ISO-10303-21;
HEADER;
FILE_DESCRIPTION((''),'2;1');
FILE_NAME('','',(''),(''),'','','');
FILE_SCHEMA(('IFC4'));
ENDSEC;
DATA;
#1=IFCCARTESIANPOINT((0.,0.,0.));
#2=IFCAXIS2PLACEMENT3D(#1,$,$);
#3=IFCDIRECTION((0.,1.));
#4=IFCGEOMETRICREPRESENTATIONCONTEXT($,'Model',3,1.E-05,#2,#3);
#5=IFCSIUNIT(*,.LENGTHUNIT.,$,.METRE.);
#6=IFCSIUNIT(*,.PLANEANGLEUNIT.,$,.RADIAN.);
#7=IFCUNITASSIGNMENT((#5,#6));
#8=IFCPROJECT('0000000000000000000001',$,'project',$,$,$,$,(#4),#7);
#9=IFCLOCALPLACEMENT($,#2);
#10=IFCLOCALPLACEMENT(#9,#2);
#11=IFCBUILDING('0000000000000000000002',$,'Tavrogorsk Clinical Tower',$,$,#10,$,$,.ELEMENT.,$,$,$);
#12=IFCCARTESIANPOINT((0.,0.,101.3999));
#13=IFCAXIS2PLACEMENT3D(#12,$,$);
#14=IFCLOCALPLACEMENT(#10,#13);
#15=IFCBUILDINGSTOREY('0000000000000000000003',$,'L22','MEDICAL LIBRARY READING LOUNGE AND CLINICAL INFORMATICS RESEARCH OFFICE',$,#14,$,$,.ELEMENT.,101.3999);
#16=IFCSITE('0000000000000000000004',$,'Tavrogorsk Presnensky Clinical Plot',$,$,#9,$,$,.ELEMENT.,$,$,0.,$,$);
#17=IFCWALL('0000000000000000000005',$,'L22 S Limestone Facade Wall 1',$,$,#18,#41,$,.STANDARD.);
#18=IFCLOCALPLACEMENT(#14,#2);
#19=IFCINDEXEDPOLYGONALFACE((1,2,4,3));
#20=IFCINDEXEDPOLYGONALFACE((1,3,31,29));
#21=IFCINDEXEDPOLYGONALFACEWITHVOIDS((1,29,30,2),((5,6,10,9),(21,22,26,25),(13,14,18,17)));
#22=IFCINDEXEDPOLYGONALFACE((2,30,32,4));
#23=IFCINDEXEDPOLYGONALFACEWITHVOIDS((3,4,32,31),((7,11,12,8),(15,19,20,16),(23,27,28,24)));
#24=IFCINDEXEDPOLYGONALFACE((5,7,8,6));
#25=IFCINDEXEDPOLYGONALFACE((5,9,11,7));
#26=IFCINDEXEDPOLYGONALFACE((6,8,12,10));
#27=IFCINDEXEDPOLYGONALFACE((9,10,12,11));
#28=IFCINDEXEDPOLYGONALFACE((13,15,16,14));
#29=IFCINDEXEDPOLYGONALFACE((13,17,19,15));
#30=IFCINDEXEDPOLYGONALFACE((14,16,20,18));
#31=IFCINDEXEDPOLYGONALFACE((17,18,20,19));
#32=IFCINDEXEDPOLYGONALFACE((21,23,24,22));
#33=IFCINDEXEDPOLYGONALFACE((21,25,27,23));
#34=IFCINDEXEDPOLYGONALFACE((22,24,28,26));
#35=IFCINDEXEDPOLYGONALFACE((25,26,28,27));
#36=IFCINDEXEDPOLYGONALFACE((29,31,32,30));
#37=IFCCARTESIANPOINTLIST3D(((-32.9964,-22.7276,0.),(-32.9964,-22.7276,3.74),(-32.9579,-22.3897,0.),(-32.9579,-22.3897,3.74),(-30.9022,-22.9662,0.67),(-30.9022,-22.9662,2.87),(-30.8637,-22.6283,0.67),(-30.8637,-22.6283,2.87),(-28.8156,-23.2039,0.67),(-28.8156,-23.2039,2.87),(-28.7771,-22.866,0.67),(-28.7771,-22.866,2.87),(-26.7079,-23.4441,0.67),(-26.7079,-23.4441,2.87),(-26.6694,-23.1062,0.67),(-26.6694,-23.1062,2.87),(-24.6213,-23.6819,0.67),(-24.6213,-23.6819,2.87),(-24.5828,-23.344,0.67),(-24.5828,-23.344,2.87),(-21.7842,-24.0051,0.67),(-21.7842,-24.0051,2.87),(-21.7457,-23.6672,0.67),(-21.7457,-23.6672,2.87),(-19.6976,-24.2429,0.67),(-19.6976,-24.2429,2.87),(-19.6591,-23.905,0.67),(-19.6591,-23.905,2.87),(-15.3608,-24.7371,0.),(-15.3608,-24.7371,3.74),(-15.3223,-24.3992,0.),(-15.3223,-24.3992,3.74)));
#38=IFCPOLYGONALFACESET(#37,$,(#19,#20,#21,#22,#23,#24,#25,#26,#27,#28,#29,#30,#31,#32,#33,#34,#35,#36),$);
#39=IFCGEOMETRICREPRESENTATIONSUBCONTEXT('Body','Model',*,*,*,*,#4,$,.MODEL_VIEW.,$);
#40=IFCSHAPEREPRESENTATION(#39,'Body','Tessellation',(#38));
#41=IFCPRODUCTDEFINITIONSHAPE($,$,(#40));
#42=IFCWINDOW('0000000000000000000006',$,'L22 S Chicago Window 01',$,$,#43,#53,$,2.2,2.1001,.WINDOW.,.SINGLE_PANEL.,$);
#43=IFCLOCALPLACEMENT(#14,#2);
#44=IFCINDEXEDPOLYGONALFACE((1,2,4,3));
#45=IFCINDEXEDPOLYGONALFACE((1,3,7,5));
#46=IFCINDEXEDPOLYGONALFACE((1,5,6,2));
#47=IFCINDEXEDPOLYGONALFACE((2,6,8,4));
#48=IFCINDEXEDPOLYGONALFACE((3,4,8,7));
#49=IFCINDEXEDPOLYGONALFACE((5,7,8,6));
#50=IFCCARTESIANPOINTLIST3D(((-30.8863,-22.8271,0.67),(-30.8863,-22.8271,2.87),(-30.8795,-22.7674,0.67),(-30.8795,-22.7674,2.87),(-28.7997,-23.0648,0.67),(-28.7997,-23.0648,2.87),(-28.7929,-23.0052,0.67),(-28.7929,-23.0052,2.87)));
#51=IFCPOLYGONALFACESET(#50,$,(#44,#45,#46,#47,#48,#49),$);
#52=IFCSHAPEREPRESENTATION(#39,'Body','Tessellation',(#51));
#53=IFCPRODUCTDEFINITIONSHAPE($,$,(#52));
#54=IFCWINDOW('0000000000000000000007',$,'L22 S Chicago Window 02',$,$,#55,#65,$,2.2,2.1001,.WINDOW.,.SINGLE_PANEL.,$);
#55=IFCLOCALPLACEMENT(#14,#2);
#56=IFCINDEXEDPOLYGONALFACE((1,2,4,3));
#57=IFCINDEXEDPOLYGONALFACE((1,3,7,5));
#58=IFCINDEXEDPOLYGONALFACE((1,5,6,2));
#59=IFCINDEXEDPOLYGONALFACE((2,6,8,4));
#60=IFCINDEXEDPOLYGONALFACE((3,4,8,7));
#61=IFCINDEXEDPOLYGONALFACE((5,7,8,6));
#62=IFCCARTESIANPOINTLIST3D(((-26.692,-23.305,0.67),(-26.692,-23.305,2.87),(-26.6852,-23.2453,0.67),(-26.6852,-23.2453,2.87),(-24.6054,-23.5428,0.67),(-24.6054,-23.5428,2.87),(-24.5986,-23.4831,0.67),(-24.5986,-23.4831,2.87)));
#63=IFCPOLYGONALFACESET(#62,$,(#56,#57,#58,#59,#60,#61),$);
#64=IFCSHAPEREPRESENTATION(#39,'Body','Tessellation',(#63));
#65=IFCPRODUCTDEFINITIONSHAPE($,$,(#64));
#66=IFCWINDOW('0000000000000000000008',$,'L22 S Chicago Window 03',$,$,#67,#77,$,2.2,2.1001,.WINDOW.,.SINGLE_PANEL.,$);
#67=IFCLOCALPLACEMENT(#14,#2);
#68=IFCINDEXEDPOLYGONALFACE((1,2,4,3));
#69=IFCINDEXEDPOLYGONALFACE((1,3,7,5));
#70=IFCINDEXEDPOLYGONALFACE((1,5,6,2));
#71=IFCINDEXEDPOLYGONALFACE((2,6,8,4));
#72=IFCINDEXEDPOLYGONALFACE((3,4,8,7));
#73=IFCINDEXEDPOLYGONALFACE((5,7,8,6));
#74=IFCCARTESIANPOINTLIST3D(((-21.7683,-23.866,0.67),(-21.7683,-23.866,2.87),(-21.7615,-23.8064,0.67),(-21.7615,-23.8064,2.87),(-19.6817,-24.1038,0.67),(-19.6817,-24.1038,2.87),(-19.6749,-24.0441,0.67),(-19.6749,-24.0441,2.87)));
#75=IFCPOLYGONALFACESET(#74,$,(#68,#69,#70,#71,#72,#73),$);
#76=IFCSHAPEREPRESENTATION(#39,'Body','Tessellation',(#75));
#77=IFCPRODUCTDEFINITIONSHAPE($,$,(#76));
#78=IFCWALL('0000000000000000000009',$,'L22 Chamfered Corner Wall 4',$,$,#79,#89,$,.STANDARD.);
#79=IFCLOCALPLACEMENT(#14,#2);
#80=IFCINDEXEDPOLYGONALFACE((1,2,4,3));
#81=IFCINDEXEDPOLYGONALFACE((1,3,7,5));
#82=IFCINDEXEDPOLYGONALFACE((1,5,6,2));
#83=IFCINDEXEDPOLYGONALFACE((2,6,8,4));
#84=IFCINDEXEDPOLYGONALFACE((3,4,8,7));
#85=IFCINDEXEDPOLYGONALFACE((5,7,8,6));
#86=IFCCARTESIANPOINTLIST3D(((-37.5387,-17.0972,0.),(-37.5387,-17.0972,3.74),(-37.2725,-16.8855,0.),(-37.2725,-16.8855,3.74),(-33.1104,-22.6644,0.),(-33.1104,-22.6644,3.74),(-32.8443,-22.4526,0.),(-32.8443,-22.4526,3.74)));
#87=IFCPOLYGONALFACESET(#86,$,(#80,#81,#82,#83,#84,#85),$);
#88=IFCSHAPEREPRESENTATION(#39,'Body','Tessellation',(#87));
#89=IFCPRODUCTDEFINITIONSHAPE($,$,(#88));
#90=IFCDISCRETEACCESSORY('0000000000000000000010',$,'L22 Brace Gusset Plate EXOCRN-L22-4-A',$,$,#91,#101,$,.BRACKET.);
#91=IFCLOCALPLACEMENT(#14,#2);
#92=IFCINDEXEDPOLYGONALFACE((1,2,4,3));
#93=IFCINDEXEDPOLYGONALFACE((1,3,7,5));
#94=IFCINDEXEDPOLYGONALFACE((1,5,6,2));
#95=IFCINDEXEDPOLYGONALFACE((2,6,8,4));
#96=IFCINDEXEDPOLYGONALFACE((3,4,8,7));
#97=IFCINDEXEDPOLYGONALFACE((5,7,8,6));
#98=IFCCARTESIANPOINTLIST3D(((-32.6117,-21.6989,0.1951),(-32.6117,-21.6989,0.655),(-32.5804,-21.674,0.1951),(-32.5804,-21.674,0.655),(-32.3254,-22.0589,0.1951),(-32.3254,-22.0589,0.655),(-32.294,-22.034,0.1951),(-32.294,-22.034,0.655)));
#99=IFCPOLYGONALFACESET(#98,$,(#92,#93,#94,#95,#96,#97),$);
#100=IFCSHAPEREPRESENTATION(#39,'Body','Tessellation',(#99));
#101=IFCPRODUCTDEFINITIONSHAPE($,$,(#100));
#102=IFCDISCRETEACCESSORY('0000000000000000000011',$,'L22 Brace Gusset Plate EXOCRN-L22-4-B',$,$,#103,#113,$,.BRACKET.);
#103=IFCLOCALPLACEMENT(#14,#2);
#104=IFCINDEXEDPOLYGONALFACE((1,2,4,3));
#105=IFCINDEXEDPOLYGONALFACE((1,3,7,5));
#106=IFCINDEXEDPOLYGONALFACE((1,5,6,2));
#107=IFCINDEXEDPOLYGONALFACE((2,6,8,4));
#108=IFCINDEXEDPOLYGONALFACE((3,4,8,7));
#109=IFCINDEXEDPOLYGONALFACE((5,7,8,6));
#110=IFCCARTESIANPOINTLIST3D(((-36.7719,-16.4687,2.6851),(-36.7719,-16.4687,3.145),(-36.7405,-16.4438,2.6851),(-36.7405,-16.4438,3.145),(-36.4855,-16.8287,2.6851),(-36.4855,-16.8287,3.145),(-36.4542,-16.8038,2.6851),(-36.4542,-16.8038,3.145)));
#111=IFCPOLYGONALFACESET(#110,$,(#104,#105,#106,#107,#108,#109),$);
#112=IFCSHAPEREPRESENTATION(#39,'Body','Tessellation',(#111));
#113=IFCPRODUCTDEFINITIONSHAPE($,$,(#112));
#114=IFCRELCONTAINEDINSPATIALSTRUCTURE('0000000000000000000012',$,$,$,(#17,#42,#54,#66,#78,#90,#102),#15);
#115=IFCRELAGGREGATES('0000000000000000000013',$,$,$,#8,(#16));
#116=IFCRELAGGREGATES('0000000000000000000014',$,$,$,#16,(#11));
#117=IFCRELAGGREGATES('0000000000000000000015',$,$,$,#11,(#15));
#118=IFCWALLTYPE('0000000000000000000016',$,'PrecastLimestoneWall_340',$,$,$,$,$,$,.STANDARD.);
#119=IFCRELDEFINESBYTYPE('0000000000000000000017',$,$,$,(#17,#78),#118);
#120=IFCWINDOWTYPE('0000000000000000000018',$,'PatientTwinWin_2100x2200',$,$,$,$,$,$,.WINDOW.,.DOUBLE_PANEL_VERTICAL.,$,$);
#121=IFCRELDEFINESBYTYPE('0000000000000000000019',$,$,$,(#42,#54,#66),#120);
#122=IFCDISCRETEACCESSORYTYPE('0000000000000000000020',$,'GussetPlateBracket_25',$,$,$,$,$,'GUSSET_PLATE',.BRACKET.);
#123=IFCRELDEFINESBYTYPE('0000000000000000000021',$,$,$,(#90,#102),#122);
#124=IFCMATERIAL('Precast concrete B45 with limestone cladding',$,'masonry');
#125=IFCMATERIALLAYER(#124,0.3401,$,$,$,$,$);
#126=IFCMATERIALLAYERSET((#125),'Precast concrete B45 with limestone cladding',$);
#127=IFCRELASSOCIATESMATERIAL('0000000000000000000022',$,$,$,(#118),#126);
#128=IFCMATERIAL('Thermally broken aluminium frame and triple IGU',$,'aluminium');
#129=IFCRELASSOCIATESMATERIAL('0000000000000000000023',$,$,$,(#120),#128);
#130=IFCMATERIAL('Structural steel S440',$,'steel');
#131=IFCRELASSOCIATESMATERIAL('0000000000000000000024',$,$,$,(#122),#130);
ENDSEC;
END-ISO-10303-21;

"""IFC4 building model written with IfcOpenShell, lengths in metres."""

from ifc_helpers import new_model, si_unit, direction, frame, frame_2d, origin, origin_2d, place, context, subcontext, project, spatial, rectangle, extrude, material, layer, layer_set, type_object, element, fill, save


model = new_model("IFC4")

# Units and contexts
model_context = context("Model", 3, precision=1e-05, world=origin(), true_north=direction((0.0, 1.0)))
body_context = subcontext(model_context, "Body", "Model", "MODEL_VIEW")
ifc_project = project(units=[si_unit("LENGTHUNIT", "METRE"), si_unit("PLANEANGLEUNIT", "RADIAN")], contexts=[model_context])

# Site, building, storey
site_placement = place(None, origin())
site = spatial("IfcSite", under=ifc_project, at=site_placement, Name="Tavrogorsk Presnensky Clinical Plot", CompositionType="ELEMENT", RefElevation=0.0)
building_placement = place(site_placement, origin())
building = spatial("IfcBuilding", under=site, at=building_placement, Name="Tavrogorsk Clinical Tower", CompositionType="ELEMENT")
storey_placement = place(building_placement, frame((0.0, 0.0, 101.3999)))
storey = spatial("IfcBuildingStorey", under=building, at=storey_placement, Name="L22", Description="MEDICAL LIBRARY READING LOUNGE AND CLINICAL INFORMATICS RESEARCH OFFICE", CompositionType="ELEMENT", Elevation=101.3999)

# Wall, openings, windows
ifc_material_1 = material(Name="Precast concrete B45 with limestone cladding", Category="masonry")
ifc_layer_1 = layer(ifc_material_1, 0.3401)
ifc_layer_set_1 = layer_set([ifc_layer_1], Name="Precast concrete B45 with limestone cladding")
wall_type_1 = type_object("IfcWallType", Name="PrecastLimestoneWall_340", PredefinedType="STANDARD", material=ifc_layer_set_1)
wall_1_placement = place(storey_placement, frame((-32.9773, -22.5586, 0.0), z_axis=(0.0, 0.0, 1.0), x_axis=(0.993571, -0.113213, 0.0)))
wall_1 = element("IfcWall", 1, at=wall_1_placement, inside=storey, type_object=wall_type_1, Name="L22 S Limestone Facade Wall 1", PredefinedType="STANDARD", context=body_context, shape_type="SweptSolid", body=[
    extrude(rectangle(XDim=17.7498, YDim=0.3401, at=frame_2d((8.875, 0.0))), origin(), (0.0, 0.0, 1.0), 3.74),
])
opening_1_placement = place(wall_1_placement, frame((2.1079, 0.0, 0.6699)))
opening_1 = element("IfcOpeningElement", 2, at=opening_1_placement, cuts=wall_1, PredefinedType="OPENING", context=body_context, shape_type="SweptSolid", body=[
    extrude(rectangle(XDim=2.1001, YDim=2.2, at=frame_2d((1.05, 1.1001))), frame((0.0, 0.1799, 0.0), z_axis=(0.0, -1.0, 0.0), x_axis=(1.0, 0.0, 0.0)), (0.0, 0.0, 1.0), 0.3601),
])
opening_2_placement = place(wall_1_placement, frame((6.3293, 0.0, 0.6699)))
opening_2 = element("IfcOpeningElement", 3, at=opening_2_placement, cuts=wall_1, PredefinedType="OPENING", context=body_context, shape_type="SweptSolid", body=[
    extrude(rectangle(XDim=2.1001, YDim=2.2, at=frame_2d((1.05, 1.1001))), frame((0.0, 0.1799, 0.0), z_axis=(0.0, -1.0, 0.0), x_axis=(1.0, 0.0, 0.0)), (0.0, 0.0, 1.0), 0.3601),
])
opening_3_placement = place(wall_1_placement, frame((11.2849, 0.0, 0.6699)))
opening_3 = element("IfcOpeningElement", 4, at=opening_3_placement, cuts=wall_1, PredefinedType="OPENING", context=body_context, shape_type="SweptSolid", body=[
    extrude(rectangle(XDim=2.1001, YDim=2.2, at=frame_2d((1.05, 1.1001))), frame((0.0, 0.1799, 0.0), z_axis=(0.0, -1.0, 0.0), x_axis=(1.0, 0.0, 0.0)), (0.0, 0.0, 1.0), 0.3601),
])
ifc_material_2 = material(Name="Thermally broken aluminium frame and triple IGU", Category="aluminium")
window_type = type_object("IfcWindowType", Name="PatientTwinWin_2100x2200", PartitioningType="DOUBLE_PANEL_VERTICAL", PredefinedType="WINDOW", material=ifc_material_2)
window_1_placement = place(opening_1_placement, origin())
window_1 = element("IfcWindow", 5, at=window_1_placement, inside=storey, type_object=window_type, Name="L22 S Chicago Window 01", OverallHeight=2.2, OverallWidth=2.1001, PartitioningType="SINGLE_PANEL", PredefinedType="WINDOW", context=body_context, shape_type="SweptSolid", body=[
    extrude(rectangle(XDim=2.1001, YDim=2.2, at=frame_2d((1.05, 1.1001))), frame((0.0, 0.03, 0.0), z_axis=(0.0, -1.0, 0.0), x_axis=(1.0, 0.0, 0.0)), (0.0, 0.0, 1.0), 0.0601),
])
fill(opening_1, window_1)
window_2_placement = place(opening_2_placement, origin())
window_2 = element("IfcWindow", 6, at=window_2_placement, inside=storey, type_object=window_type, Name="L22 S Chicago Window 02", OverallHeight=2.2, OverallWidth=2.1001, PartitioningType="SINGLE_PANEL", PredefinedType="WINDOW", context=body_context, shape_type="SweptSolid", body=[
    extrude(rectangle(XDim=2.1001, YDim=2.2, at=frame_2d((1.05, 1.1001))), frame((0.0, 0.03, 0.0), z_axis=(0.0, -1.0, 0.0), x_axis=(1.0, 0.0, 0.0)), (0.0, 0.0, 1.0), 0.0601),
])
fill(opening_2, window_2)
window_3_placement = place(opening_3_placement, origin())
window_3 = element("IfcWindow", 7, at=window_3_placement, inside=storey, type_object=window_type, Name="L22 S Chicago Window 03", OverallHeight=2.2, OverallWidth=2.1001, PartitioningType="SINGLE_PANEL", PredefinedType="WINDOW", context=body_context, shape_type="SweptSolid", body=[
    extrude(rectangle(XDim=2.1001, YDim=2.2, at=frame_2d((1.05, 1.1001))), frame((0.0, 0.03, 0.0), z_axis=(0.0, -1.0, 0.0), x_axis=(1.0, 0.0, 0.0)), (0.0, 0.0, 1.0), 0.0601),
])
fill(opening_3, window_3)

# Wall
wall_2_placement = place(storey_placement, frame((-37.4055, -16.9915, 0.0), z_axis=(0.0, 0.0, 1.0), x_axis=(0.622508, -0.782614, 0.0)))
element("IfcWall", 8, at=wall_2_placement, inside=storey, type_object=wall_type_1, Name="L22 Chamfered Corner Wall 4", PredefinedType="STANDARD", context=body_context, shape_type="SweptSolid", body=[
    extrude(rectangle(XDim=7.1135, YDim=0.3401, at=frame_2d((3.5566, 0.0))), origin(), (0.0, 0.0, 1.0), 3.74),
])

# Discrete accessories
ifc_material_3 = material(Name="Structural steel S440", Category="steel")
discrete_accessory_type = type_object("IfcDiscreteAccessoryType", Name="GussetPlateBracket_25", ElementType="GUSSET_PLATE", PredefinedType="BRACKET", material=ifc_material_3)
for number, where, z_axis, x_axis, name in (
    (9, (-32.4529, -21.8665, 0.1951), (0.0, 0.0, 1.0), (-0.622515, 0.782608, 0.0), "L22 Brace Gusset Plate EXOCRN-L22-4-A"),
    (10, (-36.613, -16.6362, 2.6851), (0.0, 0.0, 1.0), (-0.622515, 0.782608, 0.0), "L22 Brace Gusset Plate EXOCRN-L22-4-B"),
):
    element("IfcDiscreteAccessory", number, at=place(storey_placement, frame(where, z_axis=z_axis, x_axis=x_axis)), inside=storey, type_object=discrete_accessory_type, Name=name, PredefinedType="BRACKET", context=body_context, shape_type="SweptSolid", body=[
        extrude(rectangle(XDim=0.46, YDim=0.04, at=origin_2d()), origin(), (0.0, 0.0, 1.0), 0.46),
    ])

save(model, "model.ifc")
